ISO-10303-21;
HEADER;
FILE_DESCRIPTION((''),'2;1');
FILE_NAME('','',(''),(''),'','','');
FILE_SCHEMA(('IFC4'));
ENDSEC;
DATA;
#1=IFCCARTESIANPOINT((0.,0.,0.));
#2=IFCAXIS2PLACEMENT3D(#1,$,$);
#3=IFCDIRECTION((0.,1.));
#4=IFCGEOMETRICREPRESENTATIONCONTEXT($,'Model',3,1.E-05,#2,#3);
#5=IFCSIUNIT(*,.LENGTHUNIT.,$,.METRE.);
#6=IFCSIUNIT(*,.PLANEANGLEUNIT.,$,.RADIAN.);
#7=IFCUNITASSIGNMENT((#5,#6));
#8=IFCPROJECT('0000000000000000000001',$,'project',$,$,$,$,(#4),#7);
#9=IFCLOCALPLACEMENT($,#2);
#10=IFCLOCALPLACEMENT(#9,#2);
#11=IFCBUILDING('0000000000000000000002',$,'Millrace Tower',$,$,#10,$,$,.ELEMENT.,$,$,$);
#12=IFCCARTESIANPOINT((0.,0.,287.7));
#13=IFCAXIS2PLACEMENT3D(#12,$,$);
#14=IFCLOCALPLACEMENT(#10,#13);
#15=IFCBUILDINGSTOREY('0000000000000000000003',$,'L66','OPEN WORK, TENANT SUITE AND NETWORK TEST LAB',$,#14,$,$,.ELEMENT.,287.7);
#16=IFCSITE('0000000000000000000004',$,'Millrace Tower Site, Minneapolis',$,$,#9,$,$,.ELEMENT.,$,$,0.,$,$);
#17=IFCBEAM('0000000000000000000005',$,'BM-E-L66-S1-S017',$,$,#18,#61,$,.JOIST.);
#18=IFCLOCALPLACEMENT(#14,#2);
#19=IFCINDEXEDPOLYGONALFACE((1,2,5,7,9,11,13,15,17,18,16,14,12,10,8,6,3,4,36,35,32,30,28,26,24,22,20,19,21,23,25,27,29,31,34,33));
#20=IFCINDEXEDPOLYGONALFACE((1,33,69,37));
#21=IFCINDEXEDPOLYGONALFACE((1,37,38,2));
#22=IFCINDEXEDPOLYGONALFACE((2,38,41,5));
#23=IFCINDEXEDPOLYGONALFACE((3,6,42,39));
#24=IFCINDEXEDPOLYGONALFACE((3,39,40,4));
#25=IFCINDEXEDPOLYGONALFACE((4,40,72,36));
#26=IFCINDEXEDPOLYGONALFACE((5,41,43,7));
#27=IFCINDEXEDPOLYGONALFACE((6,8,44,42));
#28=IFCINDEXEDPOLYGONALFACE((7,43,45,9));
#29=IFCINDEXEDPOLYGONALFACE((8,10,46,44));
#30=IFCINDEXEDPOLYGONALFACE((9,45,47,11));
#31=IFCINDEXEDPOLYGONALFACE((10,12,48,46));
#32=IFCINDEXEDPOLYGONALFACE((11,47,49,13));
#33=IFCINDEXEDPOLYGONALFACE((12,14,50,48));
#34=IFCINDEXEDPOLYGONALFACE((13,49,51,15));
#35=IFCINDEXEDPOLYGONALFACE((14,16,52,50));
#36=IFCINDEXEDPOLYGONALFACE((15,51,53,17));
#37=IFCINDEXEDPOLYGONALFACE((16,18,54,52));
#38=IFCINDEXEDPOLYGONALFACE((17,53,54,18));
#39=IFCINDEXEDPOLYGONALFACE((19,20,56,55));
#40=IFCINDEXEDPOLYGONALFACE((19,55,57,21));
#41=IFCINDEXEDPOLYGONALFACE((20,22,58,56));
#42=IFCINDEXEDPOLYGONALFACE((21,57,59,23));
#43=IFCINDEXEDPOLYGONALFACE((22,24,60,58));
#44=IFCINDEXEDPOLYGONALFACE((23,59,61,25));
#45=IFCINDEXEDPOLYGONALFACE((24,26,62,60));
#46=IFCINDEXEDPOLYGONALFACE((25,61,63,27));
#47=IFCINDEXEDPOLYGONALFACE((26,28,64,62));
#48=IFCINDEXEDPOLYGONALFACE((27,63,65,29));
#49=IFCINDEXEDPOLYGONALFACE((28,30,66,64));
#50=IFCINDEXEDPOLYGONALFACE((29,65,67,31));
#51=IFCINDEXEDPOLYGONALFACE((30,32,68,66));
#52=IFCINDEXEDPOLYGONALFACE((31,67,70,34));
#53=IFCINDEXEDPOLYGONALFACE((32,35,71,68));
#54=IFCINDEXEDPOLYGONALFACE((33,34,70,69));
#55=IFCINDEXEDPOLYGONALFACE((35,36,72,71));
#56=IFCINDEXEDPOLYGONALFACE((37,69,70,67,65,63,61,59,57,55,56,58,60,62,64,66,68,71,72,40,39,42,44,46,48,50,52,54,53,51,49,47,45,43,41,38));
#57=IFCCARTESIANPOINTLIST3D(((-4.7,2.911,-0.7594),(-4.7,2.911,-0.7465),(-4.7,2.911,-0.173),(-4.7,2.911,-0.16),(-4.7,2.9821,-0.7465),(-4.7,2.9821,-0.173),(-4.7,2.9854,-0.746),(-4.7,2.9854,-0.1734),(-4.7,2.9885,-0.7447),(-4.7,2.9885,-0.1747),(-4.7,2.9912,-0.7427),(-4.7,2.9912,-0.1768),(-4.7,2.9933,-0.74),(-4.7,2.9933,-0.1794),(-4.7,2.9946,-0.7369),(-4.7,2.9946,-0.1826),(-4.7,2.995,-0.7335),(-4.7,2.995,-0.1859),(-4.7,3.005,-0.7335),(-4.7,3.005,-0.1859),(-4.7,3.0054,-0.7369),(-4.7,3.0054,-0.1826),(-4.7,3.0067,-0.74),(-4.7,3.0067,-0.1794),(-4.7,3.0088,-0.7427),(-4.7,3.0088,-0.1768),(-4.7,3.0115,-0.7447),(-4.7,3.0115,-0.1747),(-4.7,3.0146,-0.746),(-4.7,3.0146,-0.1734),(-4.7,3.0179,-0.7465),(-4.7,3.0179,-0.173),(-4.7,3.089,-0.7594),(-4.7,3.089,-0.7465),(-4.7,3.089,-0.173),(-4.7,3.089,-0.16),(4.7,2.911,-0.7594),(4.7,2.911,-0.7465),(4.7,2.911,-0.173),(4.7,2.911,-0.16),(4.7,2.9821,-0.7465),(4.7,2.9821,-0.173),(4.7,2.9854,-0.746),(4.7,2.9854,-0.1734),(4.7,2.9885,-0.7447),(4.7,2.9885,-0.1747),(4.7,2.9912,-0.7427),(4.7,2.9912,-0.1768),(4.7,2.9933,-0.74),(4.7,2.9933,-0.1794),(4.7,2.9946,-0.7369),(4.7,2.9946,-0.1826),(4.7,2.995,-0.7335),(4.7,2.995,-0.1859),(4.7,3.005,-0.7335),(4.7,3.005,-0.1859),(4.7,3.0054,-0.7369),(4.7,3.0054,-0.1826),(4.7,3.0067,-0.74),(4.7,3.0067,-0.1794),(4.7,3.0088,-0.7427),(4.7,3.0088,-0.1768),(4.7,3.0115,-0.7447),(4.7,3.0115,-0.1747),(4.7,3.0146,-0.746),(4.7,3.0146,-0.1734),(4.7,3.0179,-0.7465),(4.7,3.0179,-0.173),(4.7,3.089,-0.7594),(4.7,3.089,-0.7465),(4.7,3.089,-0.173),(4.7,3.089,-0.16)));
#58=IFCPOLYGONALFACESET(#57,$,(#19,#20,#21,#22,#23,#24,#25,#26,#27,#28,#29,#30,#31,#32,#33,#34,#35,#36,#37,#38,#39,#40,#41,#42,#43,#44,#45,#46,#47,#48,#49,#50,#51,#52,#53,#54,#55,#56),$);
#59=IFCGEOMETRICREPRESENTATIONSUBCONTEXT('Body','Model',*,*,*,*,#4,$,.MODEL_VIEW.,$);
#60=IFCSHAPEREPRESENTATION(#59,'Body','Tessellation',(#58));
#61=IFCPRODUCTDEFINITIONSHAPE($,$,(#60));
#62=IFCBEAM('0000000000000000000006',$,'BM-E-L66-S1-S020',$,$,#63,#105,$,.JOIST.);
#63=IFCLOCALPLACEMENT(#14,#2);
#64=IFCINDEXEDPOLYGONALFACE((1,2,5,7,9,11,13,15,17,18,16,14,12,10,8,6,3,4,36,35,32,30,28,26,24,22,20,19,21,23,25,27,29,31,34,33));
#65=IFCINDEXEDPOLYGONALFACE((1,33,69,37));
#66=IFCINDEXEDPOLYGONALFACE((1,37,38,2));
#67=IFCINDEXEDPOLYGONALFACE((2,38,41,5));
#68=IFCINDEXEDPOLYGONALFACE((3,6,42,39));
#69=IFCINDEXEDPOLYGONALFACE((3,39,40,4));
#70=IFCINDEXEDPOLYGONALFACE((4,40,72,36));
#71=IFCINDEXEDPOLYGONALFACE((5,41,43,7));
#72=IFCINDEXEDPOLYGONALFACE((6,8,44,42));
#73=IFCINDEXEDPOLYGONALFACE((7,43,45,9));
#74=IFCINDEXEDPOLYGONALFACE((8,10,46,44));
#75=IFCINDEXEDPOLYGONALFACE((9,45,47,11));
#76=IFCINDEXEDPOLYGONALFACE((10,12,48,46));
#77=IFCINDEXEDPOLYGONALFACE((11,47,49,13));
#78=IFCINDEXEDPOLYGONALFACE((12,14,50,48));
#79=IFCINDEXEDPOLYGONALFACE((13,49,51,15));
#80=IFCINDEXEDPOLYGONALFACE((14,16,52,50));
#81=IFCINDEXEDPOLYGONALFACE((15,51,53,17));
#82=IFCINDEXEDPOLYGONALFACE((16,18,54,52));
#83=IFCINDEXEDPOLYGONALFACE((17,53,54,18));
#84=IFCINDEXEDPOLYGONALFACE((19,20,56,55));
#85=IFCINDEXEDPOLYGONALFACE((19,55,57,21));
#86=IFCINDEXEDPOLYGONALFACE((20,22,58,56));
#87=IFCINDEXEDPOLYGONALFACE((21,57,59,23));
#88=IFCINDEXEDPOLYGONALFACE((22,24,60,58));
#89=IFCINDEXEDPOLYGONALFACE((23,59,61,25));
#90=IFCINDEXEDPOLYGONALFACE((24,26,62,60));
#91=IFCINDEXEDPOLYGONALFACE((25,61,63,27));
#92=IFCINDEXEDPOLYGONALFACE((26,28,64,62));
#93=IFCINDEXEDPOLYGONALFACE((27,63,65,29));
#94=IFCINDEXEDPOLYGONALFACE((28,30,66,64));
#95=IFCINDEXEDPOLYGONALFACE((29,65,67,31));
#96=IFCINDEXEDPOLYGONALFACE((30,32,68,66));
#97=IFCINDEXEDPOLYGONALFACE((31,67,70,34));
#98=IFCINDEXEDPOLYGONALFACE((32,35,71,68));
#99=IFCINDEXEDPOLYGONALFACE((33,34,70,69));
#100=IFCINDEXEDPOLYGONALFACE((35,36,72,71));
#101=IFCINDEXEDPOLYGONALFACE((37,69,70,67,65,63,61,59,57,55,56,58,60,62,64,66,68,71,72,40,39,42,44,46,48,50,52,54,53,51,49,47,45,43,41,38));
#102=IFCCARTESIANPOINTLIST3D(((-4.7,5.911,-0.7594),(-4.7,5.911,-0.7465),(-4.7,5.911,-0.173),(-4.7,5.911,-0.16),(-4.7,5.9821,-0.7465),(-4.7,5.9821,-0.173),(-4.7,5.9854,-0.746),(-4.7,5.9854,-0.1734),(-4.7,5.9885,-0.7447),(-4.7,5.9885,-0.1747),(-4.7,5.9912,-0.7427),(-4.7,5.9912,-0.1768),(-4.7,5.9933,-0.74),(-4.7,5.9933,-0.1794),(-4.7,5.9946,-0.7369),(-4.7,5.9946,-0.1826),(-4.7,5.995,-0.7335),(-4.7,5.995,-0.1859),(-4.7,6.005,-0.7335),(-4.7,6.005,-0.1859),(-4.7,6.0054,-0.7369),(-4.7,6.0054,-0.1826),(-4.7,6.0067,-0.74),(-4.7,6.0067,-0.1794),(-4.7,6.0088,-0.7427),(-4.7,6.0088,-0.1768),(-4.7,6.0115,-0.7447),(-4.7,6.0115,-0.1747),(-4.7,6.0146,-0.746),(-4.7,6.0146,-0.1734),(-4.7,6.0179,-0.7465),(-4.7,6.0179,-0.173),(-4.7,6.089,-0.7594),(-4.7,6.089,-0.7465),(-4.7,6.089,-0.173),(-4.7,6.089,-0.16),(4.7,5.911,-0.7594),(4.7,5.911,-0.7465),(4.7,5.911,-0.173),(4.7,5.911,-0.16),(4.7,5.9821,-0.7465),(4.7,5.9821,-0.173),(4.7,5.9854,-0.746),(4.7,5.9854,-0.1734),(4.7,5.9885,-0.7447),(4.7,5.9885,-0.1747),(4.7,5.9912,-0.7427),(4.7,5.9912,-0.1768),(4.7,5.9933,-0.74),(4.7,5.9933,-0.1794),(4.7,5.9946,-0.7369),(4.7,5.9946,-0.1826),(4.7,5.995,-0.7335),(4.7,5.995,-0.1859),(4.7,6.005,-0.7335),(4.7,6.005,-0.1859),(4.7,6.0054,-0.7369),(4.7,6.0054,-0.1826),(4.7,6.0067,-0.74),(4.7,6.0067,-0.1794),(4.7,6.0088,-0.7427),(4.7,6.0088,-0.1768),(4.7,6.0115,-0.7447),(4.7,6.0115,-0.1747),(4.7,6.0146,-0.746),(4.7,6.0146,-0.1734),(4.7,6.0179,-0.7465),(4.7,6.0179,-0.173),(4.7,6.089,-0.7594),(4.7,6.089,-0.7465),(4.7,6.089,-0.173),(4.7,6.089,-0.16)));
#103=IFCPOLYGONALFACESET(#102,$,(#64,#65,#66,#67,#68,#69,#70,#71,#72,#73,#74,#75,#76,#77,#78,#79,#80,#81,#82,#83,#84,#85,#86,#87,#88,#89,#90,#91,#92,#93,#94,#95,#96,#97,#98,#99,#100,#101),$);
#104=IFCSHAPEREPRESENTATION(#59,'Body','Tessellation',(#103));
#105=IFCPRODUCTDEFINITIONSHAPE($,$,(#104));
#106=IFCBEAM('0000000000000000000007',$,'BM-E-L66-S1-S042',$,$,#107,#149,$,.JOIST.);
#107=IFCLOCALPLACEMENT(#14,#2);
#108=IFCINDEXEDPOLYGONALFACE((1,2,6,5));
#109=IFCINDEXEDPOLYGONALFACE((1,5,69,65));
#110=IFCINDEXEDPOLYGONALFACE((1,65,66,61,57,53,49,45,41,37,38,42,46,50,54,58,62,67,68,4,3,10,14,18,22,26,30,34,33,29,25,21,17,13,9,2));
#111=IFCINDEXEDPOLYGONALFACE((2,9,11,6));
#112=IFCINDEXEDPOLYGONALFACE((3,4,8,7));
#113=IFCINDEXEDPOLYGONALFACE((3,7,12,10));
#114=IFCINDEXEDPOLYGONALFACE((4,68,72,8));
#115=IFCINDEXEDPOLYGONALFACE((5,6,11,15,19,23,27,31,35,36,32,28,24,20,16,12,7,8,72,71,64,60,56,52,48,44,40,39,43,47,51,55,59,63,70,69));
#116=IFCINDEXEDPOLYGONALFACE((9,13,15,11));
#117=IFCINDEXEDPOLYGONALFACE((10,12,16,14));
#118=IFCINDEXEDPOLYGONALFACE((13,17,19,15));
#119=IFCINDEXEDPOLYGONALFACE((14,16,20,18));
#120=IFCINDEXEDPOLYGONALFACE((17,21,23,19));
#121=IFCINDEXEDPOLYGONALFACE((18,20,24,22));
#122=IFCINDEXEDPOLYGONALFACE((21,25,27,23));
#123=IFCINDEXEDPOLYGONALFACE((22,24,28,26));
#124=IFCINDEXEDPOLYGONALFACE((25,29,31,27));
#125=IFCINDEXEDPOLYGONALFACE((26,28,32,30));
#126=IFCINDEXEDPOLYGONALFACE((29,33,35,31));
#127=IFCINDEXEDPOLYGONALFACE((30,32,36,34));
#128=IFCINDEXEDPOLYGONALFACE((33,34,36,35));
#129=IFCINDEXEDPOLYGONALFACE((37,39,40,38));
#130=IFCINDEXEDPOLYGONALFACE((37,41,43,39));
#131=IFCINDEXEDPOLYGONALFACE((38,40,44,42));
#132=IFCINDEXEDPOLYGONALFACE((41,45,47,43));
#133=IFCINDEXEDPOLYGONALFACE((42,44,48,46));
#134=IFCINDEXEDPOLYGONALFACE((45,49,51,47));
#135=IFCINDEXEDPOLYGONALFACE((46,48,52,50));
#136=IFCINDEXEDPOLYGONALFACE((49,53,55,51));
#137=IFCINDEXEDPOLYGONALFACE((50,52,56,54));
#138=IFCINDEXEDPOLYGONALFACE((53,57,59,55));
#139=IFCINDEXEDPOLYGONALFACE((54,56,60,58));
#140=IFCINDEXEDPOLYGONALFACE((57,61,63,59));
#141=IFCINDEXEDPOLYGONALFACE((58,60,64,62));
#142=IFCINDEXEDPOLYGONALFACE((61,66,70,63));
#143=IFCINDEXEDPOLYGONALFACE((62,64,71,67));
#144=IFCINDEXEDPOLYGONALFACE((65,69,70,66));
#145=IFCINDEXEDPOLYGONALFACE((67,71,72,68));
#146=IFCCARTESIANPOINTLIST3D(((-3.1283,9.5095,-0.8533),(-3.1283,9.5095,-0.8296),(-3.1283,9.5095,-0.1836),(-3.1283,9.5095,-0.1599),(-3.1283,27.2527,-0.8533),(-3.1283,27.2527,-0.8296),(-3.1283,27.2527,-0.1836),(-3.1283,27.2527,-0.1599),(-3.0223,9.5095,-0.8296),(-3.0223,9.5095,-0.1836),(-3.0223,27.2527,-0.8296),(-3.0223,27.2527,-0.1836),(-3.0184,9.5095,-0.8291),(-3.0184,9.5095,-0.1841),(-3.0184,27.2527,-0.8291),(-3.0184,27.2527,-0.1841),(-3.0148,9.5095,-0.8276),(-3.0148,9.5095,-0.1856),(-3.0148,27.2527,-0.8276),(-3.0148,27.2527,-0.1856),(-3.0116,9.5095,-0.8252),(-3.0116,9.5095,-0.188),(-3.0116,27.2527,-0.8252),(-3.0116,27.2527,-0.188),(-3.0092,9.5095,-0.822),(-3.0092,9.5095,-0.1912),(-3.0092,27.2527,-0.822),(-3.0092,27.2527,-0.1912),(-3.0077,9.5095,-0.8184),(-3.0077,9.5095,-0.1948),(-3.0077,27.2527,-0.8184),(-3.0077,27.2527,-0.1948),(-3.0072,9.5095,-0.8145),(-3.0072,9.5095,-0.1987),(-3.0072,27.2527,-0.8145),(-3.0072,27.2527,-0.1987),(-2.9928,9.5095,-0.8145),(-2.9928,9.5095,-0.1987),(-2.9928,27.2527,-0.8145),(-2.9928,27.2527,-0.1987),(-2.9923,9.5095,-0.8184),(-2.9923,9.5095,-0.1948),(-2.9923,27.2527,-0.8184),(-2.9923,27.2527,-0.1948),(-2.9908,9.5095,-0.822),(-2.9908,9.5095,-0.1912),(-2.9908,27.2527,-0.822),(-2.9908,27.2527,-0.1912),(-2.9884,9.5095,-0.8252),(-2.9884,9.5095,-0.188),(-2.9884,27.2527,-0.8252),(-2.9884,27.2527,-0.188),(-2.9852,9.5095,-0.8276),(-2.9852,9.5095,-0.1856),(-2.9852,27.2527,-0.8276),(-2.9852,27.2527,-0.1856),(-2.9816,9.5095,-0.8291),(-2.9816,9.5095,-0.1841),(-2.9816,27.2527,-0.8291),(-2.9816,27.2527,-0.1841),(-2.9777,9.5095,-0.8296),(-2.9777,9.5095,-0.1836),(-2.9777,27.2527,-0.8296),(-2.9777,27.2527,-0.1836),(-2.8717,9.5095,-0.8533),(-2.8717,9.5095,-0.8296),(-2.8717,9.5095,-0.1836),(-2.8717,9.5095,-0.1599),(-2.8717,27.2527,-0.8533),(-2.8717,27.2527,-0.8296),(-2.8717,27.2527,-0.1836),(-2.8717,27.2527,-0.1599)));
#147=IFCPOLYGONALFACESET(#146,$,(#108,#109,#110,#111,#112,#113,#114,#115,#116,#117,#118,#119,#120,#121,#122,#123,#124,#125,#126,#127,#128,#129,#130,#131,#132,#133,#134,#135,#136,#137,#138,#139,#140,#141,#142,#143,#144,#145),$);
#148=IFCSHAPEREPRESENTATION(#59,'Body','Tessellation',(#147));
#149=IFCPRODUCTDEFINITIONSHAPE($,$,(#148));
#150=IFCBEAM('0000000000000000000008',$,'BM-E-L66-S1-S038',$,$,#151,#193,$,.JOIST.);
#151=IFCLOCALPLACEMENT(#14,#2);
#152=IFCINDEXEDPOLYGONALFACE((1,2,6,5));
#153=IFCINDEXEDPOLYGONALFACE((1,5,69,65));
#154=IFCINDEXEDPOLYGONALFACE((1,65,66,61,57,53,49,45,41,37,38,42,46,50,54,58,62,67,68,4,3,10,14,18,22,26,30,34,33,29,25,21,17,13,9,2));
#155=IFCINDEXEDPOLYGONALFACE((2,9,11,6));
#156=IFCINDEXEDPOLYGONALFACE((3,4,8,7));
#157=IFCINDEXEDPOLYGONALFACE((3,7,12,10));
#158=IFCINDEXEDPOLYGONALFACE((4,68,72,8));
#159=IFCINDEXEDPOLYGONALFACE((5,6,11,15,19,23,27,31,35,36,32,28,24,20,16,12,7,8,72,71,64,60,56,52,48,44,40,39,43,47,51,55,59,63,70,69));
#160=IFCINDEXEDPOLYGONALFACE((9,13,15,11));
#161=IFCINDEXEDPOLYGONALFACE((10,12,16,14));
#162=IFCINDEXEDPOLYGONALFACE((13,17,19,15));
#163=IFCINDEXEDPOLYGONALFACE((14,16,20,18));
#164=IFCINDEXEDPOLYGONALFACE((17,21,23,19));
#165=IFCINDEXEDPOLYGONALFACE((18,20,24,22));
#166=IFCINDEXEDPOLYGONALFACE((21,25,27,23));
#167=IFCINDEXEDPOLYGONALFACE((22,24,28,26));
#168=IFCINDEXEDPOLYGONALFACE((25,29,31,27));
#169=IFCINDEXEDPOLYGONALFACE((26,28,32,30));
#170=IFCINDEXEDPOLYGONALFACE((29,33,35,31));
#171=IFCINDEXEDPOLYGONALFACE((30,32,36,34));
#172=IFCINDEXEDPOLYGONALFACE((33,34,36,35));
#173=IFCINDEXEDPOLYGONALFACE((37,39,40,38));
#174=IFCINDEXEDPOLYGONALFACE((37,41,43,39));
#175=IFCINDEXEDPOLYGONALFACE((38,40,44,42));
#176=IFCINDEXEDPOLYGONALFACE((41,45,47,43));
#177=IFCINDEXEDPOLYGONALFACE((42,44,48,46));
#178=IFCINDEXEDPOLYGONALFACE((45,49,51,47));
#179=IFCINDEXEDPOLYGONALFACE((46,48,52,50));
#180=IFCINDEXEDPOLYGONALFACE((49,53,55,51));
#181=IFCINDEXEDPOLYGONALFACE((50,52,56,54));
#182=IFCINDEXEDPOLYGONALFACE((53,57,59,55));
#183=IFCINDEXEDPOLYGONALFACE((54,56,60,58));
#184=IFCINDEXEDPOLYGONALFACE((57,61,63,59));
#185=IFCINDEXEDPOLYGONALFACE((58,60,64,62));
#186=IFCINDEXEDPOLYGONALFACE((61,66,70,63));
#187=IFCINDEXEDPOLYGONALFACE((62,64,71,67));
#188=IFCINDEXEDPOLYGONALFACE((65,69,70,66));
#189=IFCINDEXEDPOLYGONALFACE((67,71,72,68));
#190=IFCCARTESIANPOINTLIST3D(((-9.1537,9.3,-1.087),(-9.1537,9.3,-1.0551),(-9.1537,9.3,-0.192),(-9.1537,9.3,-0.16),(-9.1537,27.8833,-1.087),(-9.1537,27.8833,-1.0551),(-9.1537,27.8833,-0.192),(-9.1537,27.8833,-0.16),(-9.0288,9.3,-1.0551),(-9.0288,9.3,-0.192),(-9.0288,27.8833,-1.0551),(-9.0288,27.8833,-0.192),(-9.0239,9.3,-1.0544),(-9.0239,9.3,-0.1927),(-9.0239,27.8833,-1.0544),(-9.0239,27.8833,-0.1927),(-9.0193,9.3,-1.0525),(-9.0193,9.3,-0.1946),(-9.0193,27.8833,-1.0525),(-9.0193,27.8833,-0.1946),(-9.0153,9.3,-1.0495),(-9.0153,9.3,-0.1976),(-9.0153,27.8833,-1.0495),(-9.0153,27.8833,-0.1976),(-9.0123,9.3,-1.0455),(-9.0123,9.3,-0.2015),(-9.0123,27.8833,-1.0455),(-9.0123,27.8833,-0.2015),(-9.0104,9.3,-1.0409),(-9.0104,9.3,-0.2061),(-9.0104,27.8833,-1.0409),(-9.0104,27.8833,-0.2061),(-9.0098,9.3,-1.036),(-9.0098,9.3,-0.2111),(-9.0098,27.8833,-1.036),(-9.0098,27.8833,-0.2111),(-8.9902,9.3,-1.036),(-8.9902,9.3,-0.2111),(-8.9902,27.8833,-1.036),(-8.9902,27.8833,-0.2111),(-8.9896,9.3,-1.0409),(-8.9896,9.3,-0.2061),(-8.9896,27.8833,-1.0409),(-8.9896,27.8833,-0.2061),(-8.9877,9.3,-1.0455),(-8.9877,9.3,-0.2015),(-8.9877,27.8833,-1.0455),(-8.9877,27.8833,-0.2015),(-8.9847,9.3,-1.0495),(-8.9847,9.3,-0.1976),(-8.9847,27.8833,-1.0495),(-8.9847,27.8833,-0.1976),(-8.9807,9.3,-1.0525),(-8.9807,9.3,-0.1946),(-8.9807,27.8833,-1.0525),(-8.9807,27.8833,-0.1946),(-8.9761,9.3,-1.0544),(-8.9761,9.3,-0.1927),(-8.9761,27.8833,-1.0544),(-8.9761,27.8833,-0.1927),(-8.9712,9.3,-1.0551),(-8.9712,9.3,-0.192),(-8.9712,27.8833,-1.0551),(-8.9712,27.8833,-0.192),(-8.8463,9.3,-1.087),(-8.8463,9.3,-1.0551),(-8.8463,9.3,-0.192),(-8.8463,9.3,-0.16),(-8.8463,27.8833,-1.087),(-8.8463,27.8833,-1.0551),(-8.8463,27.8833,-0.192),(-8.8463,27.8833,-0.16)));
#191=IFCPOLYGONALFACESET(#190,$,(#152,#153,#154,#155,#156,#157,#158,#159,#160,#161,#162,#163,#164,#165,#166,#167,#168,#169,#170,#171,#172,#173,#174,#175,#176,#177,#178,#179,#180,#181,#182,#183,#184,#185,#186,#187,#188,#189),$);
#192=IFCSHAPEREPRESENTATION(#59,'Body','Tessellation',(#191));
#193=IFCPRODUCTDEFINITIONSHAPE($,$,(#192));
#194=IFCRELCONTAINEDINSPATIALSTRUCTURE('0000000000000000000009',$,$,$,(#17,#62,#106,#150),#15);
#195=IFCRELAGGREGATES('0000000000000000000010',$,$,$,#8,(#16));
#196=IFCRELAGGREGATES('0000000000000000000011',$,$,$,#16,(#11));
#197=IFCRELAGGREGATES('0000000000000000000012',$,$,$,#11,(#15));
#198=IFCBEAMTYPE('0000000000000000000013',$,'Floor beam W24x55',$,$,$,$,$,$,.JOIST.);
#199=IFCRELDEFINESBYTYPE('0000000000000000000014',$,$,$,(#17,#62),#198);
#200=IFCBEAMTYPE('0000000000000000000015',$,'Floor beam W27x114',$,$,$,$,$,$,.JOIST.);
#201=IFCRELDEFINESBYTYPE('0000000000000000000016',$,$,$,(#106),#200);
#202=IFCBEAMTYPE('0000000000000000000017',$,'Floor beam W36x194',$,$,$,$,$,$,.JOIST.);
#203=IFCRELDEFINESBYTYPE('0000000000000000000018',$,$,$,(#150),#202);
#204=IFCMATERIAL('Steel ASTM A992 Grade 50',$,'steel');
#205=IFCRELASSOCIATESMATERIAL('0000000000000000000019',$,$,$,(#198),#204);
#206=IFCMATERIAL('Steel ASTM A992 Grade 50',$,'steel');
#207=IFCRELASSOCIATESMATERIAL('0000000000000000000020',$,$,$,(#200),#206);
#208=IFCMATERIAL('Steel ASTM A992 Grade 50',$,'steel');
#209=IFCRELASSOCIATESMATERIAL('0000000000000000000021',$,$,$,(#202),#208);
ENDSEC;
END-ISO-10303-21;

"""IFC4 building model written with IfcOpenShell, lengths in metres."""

from ifc_helpers import new_model, si_unit, direction, frame, origin, origin_2d, place, context, subcontext, project, spatial, i_section, extrude, material, material_profile, profile_set, type_object, element, save


model = new_model("IFC4")

# Units and contexts
model_context = context("Model", 3, precision=1e-05, world=origin(), true_north=direction((0.0, 1.0)))
body_context = subcontext(model_context, "Body", "Model", "MODEL_VIEW")
ifc_project = project(units=[si_unit("LENGTHUNIT", "METRE"), si_unit("PLANEANGLEUNIT", "RADIAN")], contexts=[model_context])

# Site, building, storey
site_placement = place(None, origin())
site = spatial("IfcSite", under=ifc_project, at=site_placement, Name="Millrace Tower Site, Minneapolis", CompositionType="ELEMENT", RefElevation=0.0)
building_placement = place(site_placement, origin())
building = spatial("IfcBuilding", under=site, at=building_placement, Name="Millrace Tower", CompositionType="ELEMENT")
storey_placement = place(building_placement, frame((0.0, 0.0, 287.7)))
storey = spatial("IfcBuildingStorey", under=building, at=storey_placement, Name="L66", Description="OPEN WORK, TENANT SUITE AND NETWORK TEST LAB", CompositionType="ELEMENT", Elevation=287.7)

# Beams
ifc_material_1 = material(Name="Steel ASTM A992 Grade 50", Category="steel")
ifc_material_profile_1 = material_profile(ifc_material_1, i_section(OverallWidth=0.178, OverallDepth=0.5994, WebThickness=0.01, FlangeThickness=0.0129, FilletRadius=0.0129, at=origin_2d()))
ifc_profile_set_1 = profile_set([ifc_material_profile_1], Name="Steel ASTM A992 Grade 50")
beam_type_1 = type_object("IfcBeamType", Name="Floor beam W24x55", PredefinedType="JOIST", material=ifc_profile_set_1)
for number, where, z_axis, x_axis, name in (
    (1, (-4.7, 3.0, -0.4597), (1.0, 0.0, 0.0), (0.0, 1.0, 0.0), "BM-E-L66-S1-S017"),
    (2, (-4.7, 6.0, -0.4597), (1.0, 0.0, 0.0), (0.0, 1.0, 0.0), "BM-E-L66-S1-S020"),
):
    element("IfcBeam", number, at=place(storey_placement, frame(where, z_axis=z_axis, x_axis=x_axis)), inside=storey, type_object=beam_type_1, Name=name, PredefinedType="JOIST", context=body_context, shape_type="SweptSolid", body=[
        extrude(i_section(OverallWidth=0.178, OverallDepth=0.5994, WebThickness=0.01, FlangeThickness=0.0129, FilletRadius=0.0129, at=origin_2d()), origin(), (0.0, 0.0, 1.0), 9.3999),
    ])
ifc_material_2 = material(Name="Steel ASTM A992 Grade 50", Category="steel")
ifc_material_profile_2 = material_profile(ifc_material_2, i_section(OverallWidth=0.2566, OverallDepth=0.6934, WebThickness=0.0144, FlangeThickness=0.0237, FilletRadius=0.0151, at=origin_2d()))
ifc_profile_set_2 = profile_set([ifc_material_profile_2], Name="Steel ASTM A992 Grade 50")
beam_type_2 = type_object("IfcBeamType", Name="Floor beam W27x114", PredefinedType="JOIST", material=ifc_profile_set_2)
beam_1_placement = place(storey_placement, frame((-3.0, 9.5095, -0.5066), z_axis=(0.0, 1.0, 0.0), x_axis=(-1.0, 0.0, 0.0)))
element("IfcBeam", 3, at=beam_1_placement, inside=storey, type_object=beam_type_2, Name="BM-E-L66-S1-S042", PredefinedType="JOIST", context=body_context, shape_type="SweptSolid", body=[
    extrude(i_section(OverallWidth=0.2566, OverallDepth=0.6934, WebThickness=0.0144, FlangeThickness=0.0237, FilletRadius=0.0151, at=origin_2d()), origin(), (0.0, 0.0, 1.0), 17.7432),
])
ifc_material_3 = material(Name="Steel ASTM A992 Grade 50", Category="steel")
ifc_material_profile_3 = material_profile(ifc_material_3, i_section(OverallWidth=0.3074, OverallDepth=0.927, WebThickness=0.0195, FlangeThickness=0.032, FilletRadius=0.019, at=origin_2d()))
ifc_profile_set_3 = profile_set([ifc_material_profile_3], Name="Steel ASTM A992 Grade 50")
beam_type_3 = type_object("IfcBeamType", Name="Floor beam W36x194", PredefinedType="JOIST", material=ifc_profile_set_3)
beam_2_placement = place(storey_placement, frame((-9.0, 9.3, -0.6235), z_axis=(0.0, 1.0, 0.0), x_axis=(-1.0, 0.0, 0.0)))
element("IfcBeam", 4, at=beam_2_placement, inside=storey, type_object=beam_type_3, Name="BM-E-L66-S1-S038", PredefinedType="JOIST", context=body_context, shape_type="SweptSolid", body=[
    extrude(i_section(OverallWidth=0.3074, OverallDepth=0.927, WebThickness=0.0195, FlangeThickness=0.032, FilletRadius=0.019, at=origin_2d()), origin(), (0.0, 0.0, 1.0), 18.5833),
])

save(model, "model.ifc")
